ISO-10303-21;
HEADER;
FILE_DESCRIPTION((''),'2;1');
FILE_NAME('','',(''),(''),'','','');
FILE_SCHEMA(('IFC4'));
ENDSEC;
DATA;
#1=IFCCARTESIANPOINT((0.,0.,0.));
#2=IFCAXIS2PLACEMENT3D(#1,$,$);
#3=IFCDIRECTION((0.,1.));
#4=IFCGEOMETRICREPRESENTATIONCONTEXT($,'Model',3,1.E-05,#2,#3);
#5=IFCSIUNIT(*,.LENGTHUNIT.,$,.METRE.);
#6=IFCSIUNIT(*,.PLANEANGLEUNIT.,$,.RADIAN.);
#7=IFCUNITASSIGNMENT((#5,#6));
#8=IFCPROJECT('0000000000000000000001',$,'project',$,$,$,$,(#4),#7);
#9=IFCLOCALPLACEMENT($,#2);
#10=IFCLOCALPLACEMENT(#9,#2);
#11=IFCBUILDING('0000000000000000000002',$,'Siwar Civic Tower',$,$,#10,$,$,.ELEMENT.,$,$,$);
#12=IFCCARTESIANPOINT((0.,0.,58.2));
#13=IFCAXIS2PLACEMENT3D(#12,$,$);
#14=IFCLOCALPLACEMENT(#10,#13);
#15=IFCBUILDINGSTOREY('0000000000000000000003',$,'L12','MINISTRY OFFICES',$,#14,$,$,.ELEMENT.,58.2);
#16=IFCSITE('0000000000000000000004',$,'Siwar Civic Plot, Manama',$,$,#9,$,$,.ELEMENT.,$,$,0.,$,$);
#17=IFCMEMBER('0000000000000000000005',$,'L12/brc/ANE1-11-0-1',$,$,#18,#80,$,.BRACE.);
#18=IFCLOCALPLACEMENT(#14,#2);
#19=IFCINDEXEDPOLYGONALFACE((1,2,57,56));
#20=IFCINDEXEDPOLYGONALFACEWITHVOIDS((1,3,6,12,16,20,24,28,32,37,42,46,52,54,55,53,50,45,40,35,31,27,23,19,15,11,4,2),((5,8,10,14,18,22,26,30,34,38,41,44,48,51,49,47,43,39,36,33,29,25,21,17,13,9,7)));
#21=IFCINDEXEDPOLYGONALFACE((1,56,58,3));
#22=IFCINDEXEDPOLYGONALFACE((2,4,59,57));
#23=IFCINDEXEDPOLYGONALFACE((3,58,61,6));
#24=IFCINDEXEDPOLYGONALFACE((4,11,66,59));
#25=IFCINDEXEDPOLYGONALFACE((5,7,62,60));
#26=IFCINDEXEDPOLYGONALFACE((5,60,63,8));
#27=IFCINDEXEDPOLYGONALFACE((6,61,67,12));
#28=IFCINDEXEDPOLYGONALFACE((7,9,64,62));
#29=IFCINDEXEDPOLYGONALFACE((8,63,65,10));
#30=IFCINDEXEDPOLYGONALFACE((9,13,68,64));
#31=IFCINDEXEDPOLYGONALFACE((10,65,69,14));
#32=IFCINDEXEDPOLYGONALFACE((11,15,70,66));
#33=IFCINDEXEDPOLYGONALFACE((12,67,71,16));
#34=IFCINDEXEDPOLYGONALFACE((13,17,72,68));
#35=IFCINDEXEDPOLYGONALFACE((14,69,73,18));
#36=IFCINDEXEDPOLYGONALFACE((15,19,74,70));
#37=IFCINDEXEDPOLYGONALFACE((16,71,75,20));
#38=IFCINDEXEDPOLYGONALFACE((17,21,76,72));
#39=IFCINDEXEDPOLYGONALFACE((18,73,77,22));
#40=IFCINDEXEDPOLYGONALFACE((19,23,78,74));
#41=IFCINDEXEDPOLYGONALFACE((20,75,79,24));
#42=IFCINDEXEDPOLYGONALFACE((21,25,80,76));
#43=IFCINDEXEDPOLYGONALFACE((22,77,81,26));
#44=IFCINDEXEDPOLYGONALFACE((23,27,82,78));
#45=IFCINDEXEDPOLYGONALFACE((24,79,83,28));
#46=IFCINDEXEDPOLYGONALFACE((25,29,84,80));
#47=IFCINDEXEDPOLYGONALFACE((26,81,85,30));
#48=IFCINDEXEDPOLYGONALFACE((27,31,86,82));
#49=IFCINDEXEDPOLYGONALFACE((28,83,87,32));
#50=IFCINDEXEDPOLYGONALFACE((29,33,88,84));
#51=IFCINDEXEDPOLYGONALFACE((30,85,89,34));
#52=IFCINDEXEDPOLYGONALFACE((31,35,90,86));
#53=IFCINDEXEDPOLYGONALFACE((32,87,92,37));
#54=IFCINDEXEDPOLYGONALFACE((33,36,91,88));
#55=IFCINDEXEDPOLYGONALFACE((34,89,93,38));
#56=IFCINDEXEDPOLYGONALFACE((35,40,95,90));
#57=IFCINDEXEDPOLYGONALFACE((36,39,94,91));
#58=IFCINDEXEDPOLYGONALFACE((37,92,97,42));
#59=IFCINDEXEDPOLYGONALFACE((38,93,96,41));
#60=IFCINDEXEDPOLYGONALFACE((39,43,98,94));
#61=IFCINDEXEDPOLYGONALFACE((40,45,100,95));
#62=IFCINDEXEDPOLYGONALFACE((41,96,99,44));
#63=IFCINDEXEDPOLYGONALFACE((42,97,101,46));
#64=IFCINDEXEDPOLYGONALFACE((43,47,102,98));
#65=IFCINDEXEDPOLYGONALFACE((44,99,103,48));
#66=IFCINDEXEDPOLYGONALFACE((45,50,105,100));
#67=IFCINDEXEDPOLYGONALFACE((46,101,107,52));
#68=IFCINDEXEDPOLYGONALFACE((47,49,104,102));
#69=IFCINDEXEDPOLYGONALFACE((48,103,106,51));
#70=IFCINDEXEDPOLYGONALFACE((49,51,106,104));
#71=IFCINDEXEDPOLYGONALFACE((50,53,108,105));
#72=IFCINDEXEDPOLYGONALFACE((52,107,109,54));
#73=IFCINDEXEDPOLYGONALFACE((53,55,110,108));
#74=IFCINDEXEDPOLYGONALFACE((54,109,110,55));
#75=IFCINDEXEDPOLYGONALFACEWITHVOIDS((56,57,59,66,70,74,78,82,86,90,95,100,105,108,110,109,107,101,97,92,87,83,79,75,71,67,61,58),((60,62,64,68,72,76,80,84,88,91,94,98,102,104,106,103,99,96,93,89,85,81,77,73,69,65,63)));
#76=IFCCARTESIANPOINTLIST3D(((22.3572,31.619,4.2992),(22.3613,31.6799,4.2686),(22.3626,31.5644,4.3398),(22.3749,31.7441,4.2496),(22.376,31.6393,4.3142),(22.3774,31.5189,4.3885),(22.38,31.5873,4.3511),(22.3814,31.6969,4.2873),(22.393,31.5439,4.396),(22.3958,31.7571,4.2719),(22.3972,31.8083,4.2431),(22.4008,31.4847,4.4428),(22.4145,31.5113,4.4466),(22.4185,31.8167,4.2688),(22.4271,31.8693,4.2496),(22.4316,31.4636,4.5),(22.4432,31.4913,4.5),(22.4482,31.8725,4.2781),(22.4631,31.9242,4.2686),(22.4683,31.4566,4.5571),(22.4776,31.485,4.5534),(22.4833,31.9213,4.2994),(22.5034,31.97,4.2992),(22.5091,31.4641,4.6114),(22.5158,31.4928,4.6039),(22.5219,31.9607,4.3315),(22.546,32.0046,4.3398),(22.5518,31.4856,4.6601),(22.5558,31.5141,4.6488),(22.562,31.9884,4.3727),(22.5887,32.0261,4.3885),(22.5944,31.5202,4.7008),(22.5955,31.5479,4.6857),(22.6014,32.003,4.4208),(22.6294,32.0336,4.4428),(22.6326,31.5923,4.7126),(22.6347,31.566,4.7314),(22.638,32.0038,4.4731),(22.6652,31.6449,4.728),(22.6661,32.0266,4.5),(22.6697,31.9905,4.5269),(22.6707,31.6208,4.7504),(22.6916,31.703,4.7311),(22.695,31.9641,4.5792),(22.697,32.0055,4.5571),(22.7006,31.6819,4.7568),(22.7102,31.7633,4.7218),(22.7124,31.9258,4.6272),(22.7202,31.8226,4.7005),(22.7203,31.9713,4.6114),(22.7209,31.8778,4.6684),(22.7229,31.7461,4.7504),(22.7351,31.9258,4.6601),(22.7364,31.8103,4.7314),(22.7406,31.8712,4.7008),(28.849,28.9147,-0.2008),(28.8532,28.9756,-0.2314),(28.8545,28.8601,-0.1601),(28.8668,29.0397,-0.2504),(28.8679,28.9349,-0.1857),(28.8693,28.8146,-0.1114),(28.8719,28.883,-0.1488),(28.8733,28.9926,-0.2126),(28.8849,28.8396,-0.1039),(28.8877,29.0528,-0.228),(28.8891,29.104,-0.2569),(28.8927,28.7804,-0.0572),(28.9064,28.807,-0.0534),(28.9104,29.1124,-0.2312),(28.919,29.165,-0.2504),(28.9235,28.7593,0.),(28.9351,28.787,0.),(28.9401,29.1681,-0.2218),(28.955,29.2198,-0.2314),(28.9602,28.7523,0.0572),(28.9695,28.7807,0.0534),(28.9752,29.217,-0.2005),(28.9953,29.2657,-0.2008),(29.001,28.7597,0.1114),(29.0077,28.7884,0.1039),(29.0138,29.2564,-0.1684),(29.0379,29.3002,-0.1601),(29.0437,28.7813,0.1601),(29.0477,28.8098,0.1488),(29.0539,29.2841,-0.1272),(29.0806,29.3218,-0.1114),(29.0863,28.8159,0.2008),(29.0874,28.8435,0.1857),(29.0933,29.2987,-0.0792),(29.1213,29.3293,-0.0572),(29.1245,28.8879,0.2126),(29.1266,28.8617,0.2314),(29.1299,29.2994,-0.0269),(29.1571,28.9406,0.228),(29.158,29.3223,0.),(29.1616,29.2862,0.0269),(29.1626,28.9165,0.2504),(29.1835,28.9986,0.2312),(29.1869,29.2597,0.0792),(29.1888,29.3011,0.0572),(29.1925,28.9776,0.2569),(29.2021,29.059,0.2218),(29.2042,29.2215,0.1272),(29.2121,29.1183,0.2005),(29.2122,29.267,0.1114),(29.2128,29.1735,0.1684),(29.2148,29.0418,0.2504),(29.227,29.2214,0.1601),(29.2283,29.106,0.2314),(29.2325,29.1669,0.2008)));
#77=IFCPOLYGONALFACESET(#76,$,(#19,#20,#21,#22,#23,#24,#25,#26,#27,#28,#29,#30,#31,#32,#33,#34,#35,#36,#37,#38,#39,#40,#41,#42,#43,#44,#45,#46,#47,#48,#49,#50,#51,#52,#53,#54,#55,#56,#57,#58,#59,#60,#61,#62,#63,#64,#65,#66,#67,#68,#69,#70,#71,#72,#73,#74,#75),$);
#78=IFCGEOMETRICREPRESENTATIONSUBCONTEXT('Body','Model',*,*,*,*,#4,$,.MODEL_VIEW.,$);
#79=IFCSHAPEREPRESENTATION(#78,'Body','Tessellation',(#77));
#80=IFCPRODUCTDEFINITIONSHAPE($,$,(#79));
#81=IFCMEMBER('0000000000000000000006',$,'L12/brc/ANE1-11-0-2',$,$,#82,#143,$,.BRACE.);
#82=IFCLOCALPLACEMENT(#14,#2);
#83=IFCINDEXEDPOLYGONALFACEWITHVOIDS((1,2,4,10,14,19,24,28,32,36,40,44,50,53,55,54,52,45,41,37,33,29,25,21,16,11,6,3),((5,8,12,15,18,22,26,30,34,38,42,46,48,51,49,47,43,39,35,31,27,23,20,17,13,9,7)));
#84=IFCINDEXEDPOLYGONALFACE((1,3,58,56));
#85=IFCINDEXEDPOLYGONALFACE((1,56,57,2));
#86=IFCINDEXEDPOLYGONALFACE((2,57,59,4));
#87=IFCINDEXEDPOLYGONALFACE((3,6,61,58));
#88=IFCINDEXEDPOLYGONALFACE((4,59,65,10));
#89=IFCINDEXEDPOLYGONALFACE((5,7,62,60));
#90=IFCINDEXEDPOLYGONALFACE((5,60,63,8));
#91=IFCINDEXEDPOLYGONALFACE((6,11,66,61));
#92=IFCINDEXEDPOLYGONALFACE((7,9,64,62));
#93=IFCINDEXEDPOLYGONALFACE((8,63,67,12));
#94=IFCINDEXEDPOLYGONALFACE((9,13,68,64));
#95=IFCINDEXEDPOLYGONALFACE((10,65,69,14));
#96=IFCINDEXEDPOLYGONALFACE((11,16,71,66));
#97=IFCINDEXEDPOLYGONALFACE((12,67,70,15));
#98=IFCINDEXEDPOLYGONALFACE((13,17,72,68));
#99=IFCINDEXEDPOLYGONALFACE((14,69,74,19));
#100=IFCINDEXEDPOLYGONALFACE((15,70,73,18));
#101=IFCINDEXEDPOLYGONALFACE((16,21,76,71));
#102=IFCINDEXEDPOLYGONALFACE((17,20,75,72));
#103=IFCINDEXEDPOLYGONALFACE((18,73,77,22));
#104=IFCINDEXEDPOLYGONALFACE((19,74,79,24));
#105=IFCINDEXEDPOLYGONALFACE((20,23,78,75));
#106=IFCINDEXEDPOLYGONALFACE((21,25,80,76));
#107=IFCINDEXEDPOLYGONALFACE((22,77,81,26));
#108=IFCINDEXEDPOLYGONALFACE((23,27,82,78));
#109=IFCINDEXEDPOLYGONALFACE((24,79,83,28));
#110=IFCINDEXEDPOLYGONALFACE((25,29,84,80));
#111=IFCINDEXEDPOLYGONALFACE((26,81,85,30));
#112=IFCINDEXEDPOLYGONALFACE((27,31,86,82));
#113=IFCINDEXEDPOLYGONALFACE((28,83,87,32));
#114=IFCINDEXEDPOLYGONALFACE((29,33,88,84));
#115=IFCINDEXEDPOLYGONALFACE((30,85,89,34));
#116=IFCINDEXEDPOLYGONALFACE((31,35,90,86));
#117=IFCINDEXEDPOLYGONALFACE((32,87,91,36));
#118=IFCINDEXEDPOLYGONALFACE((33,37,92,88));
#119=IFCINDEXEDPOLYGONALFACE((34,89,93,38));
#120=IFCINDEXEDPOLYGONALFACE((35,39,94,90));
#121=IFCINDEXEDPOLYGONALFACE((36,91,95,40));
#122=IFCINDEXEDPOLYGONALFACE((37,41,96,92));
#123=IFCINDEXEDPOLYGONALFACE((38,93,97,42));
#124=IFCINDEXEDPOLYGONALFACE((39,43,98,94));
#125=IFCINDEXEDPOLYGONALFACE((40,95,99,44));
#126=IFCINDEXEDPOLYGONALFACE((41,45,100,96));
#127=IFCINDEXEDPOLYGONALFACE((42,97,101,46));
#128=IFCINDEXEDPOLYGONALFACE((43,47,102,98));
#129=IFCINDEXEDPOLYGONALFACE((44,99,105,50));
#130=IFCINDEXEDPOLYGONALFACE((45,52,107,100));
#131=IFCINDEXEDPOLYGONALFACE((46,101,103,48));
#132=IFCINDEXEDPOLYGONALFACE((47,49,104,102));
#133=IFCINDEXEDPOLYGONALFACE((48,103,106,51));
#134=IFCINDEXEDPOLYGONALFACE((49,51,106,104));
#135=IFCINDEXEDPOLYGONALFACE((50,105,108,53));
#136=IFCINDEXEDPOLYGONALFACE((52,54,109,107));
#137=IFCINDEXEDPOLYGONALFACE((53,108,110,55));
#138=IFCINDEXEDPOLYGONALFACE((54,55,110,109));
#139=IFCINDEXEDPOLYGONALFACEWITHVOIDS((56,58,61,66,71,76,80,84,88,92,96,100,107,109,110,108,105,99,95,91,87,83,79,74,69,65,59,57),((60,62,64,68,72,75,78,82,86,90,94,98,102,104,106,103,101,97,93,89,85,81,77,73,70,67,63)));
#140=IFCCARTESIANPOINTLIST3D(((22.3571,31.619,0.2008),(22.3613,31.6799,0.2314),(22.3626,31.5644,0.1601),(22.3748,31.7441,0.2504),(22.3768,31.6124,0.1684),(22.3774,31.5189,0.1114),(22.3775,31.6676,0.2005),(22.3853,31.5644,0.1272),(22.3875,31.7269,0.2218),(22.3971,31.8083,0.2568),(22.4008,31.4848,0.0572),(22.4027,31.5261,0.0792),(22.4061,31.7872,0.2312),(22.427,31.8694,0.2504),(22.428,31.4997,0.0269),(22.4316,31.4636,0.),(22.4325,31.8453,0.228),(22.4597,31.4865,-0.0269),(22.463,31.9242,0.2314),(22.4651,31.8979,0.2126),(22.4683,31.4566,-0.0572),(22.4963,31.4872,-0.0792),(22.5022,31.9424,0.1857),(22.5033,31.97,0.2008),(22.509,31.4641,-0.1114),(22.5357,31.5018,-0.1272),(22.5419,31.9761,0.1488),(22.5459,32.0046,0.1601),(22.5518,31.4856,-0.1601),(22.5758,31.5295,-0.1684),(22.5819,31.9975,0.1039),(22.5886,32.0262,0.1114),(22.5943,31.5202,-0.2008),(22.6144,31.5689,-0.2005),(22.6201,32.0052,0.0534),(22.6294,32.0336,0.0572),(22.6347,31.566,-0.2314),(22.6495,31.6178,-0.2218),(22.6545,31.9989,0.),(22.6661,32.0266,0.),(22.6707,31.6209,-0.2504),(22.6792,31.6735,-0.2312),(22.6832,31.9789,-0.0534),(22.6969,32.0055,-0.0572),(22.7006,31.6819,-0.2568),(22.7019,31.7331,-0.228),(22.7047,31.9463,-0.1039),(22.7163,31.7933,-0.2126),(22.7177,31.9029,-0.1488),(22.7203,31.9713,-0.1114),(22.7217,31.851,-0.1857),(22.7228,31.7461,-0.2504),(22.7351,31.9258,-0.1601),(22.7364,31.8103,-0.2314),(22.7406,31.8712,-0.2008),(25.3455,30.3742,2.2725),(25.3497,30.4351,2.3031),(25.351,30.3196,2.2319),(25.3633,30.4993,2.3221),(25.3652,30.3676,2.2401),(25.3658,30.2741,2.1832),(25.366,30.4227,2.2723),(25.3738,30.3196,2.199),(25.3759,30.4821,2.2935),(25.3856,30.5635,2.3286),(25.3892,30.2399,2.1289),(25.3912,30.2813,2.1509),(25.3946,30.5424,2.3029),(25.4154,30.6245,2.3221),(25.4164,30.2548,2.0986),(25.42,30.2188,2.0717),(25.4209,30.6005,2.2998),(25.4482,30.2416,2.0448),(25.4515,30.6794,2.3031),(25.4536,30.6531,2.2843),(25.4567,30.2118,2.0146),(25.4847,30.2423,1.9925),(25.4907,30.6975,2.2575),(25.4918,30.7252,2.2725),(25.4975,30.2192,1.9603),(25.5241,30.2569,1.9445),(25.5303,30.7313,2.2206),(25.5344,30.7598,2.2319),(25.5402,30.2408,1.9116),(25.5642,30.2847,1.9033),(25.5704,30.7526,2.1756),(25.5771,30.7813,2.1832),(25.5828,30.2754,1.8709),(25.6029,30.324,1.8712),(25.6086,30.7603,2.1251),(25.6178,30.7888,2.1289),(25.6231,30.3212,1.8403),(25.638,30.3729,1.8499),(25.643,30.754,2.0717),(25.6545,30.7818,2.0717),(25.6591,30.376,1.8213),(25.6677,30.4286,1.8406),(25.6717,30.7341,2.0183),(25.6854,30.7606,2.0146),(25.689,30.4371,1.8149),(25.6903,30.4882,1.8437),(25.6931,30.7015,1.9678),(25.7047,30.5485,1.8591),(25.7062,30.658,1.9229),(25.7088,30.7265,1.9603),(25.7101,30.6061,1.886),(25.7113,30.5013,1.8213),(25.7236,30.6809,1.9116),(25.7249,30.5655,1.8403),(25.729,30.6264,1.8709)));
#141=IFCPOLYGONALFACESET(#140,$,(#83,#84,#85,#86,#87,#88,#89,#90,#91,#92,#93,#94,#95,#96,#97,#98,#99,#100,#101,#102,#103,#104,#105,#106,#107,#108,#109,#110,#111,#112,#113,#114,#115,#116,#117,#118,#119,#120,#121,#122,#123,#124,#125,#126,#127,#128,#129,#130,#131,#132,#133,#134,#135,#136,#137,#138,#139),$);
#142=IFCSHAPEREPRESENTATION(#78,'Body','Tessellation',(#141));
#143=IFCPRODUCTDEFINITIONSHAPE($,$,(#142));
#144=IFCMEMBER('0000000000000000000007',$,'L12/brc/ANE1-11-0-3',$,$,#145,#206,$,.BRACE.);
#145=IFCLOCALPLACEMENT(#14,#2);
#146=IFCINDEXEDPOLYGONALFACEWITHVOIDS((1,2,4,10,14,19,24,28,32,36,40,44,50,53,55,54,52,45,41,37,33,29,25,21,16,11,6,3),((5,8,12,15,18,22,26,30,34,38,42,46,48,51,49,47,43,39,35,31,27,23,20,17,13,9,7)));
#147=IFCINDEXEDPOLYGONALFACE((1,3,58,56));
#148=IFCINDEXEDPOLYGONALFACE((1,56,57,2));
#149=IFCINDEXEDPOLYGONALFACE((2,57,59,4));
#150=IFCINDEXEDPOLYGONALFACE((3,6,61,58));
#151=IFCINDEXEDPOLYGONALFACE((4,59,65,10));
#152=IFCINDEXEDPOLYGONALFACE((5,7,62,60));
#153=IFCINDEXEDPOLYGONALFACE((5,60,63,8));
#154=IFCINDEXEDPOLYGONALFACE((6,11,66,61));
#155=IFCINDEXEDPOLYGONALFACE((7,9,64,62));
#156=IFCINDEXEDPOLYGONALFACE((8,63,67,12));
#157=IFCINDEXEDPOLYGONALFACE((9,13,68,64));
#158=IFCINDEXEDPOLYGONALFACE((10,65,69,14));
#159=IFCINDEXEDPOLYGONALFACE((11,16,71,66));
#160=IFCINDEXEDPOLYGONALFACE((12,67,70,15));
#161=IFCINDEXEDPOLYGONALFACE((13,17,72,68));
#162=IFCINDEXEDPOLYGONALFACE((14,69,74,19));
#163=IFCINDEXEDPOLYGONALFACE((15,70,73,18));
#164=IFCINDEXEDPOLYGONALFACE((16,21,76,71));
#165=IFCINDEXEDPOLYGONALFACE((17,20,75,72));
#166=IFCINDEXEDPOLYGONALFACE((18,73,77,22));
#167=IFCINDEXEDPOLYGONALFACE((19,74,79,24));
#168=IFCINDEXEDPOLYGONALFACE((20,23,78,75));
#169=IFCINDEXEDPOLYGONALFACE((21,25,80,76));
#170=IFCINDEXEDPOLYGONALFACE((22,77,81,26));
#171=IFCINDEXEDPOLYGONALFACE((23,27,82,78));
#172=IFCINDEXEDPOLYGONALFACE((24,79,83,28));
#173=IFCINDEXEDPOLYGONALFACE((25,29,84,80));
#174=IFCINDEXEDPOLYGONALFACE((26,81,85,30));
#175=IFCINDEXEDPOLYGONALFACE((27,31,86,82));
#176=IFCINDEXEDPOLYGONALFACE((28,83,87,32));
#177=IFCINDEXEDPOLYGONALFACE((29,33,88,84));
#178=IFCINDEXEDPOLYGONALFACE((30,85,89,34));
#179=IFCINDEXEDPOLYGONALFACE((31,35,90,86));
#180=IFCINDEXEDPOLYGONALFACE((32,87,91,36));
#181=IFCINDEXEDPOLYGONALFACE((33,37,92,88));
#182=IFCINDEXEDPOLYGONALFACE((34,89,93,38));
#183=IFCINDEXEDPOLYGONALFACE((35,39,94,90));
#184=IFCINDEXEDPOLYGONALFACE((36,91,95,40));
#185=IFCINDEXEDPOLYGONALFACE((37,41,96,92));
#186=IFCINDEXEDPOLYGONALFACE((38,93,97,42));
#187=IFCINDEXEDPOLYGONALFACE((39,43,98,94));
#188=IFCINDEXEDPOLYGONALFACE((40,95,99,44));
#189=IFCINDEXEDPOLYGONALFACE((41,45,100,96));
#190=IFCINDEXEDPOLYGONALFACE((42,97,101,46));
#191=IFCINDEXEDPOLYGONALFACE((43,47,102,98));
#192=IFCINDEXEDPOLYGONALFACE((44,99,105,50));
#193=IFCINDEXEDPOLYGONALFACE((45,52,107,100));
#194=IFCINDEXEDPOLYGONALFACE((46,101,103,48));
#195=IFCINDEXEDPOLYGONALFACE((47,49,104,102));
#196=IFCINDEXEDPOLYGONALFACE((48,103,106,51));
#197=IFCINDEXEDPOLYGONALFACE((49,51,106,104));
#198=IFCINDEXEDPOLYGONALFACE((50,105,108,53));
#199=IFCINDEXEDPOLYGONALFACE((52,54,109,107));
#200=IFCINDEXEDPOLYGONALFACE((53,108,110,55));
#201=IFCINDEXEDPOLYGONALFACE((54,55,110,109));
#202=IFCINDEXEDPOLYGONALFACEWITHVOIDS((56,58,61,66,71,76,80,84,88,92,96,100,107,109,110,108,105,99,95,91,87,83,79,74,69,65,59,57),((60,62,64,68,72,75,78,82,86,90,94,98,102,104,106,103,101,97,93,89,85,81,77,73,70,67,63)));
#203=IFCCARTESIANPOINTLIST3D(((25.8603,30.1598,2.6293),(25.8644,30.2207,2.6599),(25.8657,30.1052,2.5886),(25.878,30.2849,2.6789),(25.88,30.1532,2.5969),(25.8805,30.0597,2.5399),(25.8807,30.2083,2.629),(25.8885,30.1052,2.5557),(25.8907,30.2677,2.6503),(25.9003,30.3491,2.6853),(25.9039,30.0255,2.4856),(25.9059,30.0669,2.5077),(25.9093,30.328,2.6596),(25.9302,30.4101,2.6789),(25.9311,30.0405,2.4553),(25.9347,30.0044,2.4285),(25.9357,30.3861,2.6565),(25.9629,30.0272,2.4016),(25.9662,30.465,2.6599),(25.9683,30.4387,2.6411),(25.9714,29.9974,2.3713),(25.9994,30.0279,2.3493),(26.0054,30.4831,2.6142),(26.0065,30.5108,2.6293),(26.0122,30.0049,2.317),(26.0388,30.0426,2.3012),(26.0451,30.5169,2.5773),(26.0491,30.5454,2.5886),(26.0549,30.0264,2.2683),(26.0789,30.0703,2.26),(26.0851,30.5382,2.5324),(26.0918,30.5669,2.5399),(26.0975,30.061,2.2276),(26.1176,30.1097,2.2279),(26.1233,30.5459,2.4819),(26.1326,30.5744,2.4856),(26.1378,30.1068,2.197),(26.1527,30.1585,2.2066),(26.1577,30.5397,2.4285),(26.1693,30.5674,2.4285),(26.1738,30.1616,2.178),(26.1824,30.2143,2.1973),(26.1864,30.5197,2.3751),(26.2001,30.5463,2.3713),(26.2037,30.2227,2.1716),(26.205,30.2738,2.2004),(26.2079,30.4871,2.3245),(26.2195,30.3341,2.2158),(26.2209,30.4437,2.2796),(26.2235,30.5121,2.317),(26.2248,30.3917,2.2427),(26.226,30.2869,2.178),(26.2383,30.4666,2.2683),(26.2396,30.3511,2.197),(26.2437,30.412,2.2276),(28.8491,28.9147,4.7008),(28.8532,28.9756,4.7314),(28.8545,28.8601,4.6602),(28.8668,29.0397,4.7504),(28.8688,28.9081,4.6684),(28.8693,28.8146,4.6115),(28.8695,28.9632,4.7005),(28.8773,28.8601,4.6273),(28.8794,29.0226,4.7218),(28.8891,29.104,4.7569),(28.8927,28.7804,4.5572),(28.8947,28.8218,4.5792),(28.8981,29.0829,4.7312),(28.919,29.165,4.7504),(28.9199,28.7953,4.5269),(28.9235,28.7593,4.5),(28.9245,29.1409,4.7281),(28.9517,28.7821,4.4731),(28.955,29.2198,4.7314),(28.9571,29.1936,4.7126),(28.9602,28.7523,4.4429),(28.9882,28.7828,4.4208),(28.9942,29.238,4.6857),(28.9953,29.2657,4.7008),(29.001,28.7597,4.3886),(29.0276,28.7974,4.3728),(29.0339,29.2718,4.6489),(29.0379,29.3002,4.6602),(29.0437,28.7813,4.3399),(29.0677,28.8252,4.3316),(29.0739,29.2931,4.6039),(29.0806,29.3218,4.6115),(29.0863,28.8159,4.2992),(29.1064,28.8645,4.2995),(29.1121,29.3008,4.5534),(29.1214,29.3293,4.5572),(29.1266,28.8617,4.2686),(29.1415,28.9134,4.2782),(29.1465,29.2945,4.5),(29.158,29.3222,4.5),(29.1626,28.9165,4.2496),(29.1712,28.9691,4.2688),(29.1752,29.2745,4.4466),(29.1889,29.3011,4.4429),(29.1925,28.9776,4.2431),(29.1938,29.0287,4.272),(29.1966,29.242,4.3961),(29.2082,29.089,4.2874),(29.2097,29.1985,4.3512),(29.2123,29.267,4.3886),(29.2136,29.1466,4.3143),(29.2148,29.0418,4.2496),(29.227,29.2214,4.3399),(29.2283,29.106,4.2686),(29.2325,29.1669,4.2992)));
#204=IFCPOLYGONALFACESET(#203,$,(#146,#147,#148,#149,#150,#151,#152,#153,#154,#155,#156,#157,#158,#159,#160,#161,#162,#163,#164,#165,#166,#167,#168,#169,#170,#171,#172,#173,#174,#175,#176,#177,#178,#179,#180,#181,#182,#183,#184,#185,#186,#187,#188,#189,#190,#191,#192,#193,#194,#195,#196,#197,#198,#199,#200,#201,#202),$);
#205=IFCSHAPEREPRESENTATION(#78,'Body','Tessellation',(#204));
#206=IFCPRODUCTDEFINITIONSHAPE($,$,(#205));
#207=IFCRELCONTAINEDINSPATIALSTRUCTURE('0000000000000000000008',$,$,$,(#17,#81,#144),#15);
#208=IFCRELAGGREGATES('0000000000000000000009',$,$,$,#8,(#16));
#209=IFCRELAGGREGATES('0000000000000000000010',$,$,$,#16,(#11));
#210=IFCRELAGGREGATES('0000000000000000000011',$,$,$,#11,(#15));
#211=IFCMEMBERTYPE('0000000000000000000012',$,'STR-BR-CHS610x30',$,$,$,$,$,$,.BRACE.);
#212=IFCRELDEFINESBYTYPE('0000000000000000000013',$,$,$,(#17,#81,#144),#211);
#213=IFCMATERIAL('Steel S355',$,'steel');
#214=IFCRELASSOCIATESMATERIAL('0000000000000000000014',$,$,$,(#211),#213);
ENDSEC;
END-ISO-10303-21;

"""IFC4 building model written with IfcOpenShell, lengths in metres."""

from ifc_helpers import new_model, si_unit, direction, frame, origin, origin_2d, place, context, subcontext, project, spatial, hollow_circle, extrude, material, material_profile, profile_set, type_object, element, save


model = new_model("IFC4")

# Units and contexts
model_context = context("Model", 3, precision=1e-05, world=origin(), true_north=direction((0.0, 1.0)))
body_context = subcontext(model_context, "Body", "Model", "MODEL_VIEW")
ifc_project = project(units=[si_unit("LENGTHUNIT", "METRE"), si_unit("PLANEANGLEUNIT", "RADIAN")], contexts=[model_context])

# Site, building, storey
site_placement = place(None, origin())
site = spatial("IfcSite", under=ifc_project, at=site_placement, Name="Siwar Civic Plot, Manama", CompositionType="ELEMENT", RefElevation=0.0)
building_placement = place(site_placement, origin())
building = spatial("IfcBuilding", under=site, at=building_placement, Name="Siwar Civic Tower", CompositionType="ELEMENT")
storey_placement = place(building_placement, frame((0.0, 0.0, 58.2)))
storey = spatial("IfcBuildingStorey", under=building, at=storey_placement, Name="L12", Description="MINISTRY OFFICES", CompositionType="ELEMENT", Elevation=58.2)

# Members
ifc_material_1 = material(Name="Steel S355", Category="steel")
ifc_material_profile_1 = material_profile(ifc_material_1, hollow_circle(Radius=0.3049, WallThickness=0.03, at=origin_2d()), Name="CHS610x30")
ifc_profile_set_1 = profile_set([ifc_material_profile_1], Name="Steel S355")
member_type_1 = type_object("IfcMemberType", Name="STR-BR-CHS610x30", PredefinedType="BRACE", material=ifc_profile_set_1)
member_1_placement = place(storey_placement, frame((29.0408, 29.0408, 0.0), z_axis=(-0.777555, 0.323906, 0.538975), x_axis=(-0.384539, -0.923109, 0.0)))
element("IfcMember", 1, at=member_1_placement, inside=storey, type_object=member_type_1, Name="L12/brc/ANE1-11-0-1", PredefinedType="BRACE", context=body_context, shape_type="SweptSolid", body=[
    extrude(hollow_circle(Radius=0.3049, WallThickness=0.03, at=origin_2d()), origin(), (0.0, 0.0, 1.0), 8.3491),
])
member_2_placement = place(storey_placement, frame((22.5488, 31.7451, 0.0), z_axis=(0.777533, -0.323882, 0.53902), x_axis=(0.384524, 0.923115, 0.0)))
element("IfcMember", 2, at=member_2_placement, inside=storey, type_object=member_type_1, Name="L12/brc/ANE1-11-0-2", PredefinedType="BRACE", context=body_context, shape_type="SweptSolid", body=[
    extrude(hollow_circle(Radius=0.3049, WallThickness=0.03, at=origin_2d()), origin(), (0.0, 0.0, 1.0), 3.8435),
])
member_3_placement = place(storey_placement, frame((26.052, 30.2859, 2.4285), z_axis=(0.777569, -0.323934, 0.538937), x_axis=(0.384562, 0.923099, 0.0)))
element("IfcMember", 3, at=member_3_placement, inside=storey, type_object=member_type_1, Name="L12/brc/ANE1-11-0-3", PredefinedType="BRACE", context=body_context, shape_type="SweptSolid", body=[
    extrude(hollow_circle(Radius=0.3049, WallThickness=0.03, at=origin_2d()), origin(), (0.0, 0.0, 1.0), 3.8438),
])

save(model, "model.ifc")
